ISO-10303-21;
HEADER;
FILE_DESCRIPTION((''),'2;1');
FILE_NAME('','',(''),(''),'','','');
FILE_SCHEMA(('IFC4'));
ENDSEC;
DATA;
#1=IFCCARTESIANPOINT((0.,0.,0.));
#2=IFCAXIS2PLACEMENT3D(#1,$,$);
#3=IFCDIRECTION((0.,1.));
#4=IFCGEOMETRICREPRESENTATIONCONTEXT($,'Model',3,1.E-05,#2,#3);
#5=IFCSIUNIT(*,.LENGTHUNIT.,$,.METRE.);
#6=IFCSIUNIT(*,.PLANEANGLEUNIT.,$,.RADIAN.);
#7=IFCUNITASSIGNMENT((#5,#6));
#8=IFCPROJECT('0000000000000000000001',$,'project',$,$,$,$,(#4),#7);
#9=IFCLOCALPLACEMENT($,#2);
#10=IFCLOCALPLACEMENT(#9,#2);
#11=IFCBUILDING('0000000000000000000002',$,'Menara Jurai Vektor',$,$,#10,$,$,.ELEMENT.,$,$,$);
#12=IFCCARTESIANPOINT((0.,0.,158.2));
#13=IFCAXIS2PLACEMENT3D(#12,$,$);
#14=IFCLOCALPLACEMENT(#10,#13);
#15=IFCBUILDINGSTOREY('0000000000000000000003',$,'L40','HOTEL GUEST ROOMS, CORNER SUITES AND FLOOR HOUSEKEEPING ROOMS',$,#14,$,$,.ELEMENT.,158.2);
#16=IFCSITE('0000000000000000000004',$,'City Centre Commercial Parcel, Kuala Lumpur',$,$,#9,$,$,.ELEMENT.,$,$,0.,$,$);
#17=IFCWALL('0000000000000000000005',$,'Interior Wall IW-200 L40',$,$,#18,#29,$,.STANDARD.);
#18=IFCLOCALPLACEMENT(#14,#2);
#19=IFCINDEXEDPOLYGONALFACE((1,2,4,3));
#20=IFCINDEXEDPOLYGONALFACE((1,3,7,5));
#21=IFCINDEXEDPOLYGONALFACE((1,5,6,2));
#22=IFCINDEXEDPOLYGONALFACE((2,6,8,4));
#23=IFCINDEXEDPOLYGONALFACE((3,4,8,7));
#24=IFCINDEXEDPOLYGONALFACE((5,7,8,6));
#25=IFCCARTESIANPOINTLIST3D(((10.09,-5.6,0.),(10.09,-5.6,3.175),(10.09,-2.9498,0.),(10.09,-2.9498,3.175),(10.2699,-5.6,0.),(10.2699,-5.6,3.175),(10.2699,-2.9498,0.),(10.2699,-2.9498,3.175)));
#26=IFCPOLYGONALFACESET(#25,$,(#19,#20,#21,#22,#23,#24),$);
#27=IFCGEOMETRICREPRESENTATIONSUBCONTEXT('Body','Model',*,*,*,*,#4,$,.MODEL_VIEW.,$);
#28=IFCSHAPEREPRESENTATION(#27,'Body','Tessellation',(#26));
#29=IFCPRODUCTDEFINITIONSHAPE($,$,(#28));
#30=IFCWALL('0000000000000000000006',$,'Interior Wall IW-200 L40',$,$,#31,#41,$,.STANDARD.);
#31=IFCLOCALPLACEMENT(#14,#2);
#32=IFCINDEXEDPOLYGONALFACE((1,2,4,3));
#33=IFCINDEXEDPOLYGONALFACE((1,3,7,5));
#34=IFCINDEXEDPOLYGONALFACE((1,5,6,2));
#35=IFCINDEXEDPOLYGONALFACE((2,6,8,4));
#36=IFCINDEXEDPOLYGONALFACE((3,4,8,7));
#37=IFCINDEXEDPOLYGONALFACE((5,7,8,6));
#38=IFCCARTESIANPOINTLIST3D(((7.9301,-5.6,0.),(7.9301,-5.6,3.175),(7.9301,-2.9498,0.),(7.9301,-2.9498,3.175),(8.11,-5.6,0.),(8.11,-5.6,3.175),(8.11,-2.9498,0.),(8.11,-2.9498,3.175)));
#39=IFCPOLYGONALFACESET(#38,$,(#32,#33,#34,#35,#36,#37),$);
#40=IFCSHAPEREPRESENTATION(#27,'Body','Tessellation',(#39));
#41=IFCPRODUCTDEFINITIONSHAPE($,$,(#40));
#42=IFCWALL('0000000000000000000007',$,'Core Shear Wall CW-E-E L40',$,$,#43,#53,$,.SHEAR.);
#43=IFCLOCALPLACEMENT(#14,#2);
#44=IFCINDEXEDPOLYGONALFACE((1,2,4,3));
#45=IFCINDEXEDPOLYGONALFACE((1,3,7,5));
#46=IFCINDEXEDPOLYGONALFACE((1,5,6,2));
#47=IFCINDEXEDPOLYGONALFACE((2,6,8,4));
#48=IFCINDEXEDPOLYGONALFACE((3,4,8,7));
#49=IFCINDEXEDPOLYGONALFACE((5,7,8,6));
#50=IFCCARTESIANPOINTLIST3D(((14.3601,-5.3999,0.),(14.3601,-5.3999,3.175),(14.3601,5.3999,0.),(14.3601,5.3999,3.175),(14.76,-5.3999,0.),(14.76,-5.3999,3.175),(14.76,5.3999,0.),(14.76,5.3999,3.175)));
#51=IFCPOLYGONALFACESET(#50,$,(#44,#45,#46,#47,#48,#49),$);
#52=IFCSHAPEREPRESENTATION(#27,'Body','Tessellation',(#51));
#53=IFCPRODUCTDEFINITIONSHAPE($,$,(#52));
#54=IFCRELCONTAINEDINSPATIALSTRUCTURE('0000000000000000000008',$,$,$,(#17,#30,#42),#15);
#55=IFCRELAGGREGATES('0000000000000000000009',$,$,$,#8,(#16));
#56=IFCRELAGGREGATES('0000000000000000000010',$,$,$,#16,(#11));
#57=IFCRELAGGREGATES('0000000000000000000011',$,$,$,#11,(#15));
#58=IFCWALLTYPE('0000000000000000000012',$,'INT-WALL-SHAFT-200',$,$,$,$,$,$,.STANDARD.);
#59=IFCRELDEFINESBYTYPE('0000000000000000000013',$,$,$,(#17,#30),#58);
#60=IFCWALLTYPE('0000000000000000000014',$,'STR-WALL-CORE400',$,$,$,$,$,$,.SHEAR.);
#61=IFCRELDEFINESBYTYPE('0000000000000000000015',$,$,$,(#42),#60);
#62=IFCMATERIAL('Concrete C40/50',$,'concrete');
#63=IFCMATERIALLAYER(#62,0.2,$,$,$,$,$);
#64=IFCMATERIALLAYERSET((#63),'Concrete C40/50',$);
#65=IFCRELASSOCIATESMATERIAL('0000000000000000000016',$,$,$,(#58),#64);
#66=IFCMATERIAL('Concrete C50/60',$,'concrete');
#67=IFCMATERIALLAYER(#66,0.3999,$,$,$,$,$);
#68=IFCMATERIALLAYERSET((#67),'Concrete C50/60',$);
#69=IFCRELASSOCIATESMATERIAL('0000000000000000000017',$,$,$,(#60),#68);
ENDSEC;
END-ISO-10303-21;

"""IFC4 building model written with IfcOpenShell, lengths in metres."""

from ifc_helpers import new_model, si_unit, direction, frame, frame_2d, origin, place, context, subcontext, project, spatial, rectangle, extrude, material, layer, layer_set, type_object, element, save


model = new_model("IFC4")

# Units and contexts
model_context = context("Model", 3, precision=1e-05, world=origin(), true_north=direction((0.0, 1.0)))
body_context = subcontext(model_context, "Body", "Model", "MODEL_VIEW")
ifc_project = project(units=[si_unit("LENGTHUNIT", "METRE"), si_unit("PLANEANGLEUNIT", "RADIAN")], contexts=[model_context])

# Site, building, storey
site_placement = place(None, origin())
site = spatial("IfcSite", under=ifc_project, at=site_placement, Name="City Centre Commercial Parcel, Kuala Lumpur", CompositionType="ELEMENT", RefElevation=0.0)
building_placement = place(site_placement, origin())
building = spatial("IfcBuilding", under=site, at=building_placement, Name="Menara Jurai Vektor", CompositionType="ELEMENT")
storey_placement = place(building_placement, frame((0.0, 0.0, 158.2)))
storey = spatial("IfcBuildingStorey", under=building, at=storey_placement, Name="L40", Description="HOTEL GUEST ROOMS, CORNER SUITES AND FLOOR HOUSEKEEPING ROOMS", CompositionType="ELEMENT", Elevation=158.2)

# Shared definitions
ifc_material_1 = material(Name="Concrete C50/60", Category="concrete")

# Shared definitions
ifc_material_2 = material(Name="Concrete C40/50", Category="concrete")

# Shared definitions
ifc_layer_1 = layer(ifc_material_2, 0.2)
ifc_layer_set_1 = layer_set([ifc_layer_1], Name="Concrete C40/50")
wall_type_1 = type_object("IfcWallType", Name="INT-WALL-SHAFT-200", PredefinedType="STANDARD", material=ifc_layer_set_1)

# Walls
for number, where, z_axis, x_axis, name in (
    (1, (10.1799, -5.6001, 0.0), (0.0, 0.0, 1.0), (0.0, 1.0, 0.0), "Interior Wall IW-200 L40"),
    (2, (8.02, -5.6001, 0.0), (0.0, 0.0, 1.0), (0.0, 1.0, 0.0), "Interior Wall IW-200 L40"),
):
    element("IfcWall", number, at=place(storey_placement, frame(where, z_axis=z_axis, x_axis=x_axis)), inside=storey, type_object=wall_type_1, Name=name, PredefinedType="STANDARD", context=body_context, shape_type="SweptSolid", body=[
        extrude(rectangle(XDim=2.6501, YDim=0.1799, at=frame_2d((1.3252, 0.0))), origin(), (0.0, 0.0, 1.0), 3.175),
    ])
ifc_layer_2 = layer(ifc_material_1, 0.3999)
ifc_layer_set_2 = layer_set([ifc_layer_2], Name="Concrete C50/60")
wall_type_2 = type_object("IfcWallType", Name="STR-WALL-CORE400", PredefinedType="SHEAR", material=ifc_layer_set_2)
wall_1_placement = place(storey_placement, frame((14.5601, -5.3999, 0.0), z_axis=(0.0, 0.0, 1.0), x_axis=(0.0, 1.0, 0.0)))
element("IfcWall", 3, at=wall_1_placement, inside=storey, type_object=wall_type_2, Name="Core Shear Wall CW-E-E L40", PredefinedType="SHEAR", context=body_context, shape_type="SweptSolid", body=[
    extrude(rectangle(XDim=10.7998, YDim=0.3999, at=frame_2d((5.3999, 0.0))), origin(), (0.0, 0.0, 1.0), 3.175),
])

save(model, "model.ifc")
